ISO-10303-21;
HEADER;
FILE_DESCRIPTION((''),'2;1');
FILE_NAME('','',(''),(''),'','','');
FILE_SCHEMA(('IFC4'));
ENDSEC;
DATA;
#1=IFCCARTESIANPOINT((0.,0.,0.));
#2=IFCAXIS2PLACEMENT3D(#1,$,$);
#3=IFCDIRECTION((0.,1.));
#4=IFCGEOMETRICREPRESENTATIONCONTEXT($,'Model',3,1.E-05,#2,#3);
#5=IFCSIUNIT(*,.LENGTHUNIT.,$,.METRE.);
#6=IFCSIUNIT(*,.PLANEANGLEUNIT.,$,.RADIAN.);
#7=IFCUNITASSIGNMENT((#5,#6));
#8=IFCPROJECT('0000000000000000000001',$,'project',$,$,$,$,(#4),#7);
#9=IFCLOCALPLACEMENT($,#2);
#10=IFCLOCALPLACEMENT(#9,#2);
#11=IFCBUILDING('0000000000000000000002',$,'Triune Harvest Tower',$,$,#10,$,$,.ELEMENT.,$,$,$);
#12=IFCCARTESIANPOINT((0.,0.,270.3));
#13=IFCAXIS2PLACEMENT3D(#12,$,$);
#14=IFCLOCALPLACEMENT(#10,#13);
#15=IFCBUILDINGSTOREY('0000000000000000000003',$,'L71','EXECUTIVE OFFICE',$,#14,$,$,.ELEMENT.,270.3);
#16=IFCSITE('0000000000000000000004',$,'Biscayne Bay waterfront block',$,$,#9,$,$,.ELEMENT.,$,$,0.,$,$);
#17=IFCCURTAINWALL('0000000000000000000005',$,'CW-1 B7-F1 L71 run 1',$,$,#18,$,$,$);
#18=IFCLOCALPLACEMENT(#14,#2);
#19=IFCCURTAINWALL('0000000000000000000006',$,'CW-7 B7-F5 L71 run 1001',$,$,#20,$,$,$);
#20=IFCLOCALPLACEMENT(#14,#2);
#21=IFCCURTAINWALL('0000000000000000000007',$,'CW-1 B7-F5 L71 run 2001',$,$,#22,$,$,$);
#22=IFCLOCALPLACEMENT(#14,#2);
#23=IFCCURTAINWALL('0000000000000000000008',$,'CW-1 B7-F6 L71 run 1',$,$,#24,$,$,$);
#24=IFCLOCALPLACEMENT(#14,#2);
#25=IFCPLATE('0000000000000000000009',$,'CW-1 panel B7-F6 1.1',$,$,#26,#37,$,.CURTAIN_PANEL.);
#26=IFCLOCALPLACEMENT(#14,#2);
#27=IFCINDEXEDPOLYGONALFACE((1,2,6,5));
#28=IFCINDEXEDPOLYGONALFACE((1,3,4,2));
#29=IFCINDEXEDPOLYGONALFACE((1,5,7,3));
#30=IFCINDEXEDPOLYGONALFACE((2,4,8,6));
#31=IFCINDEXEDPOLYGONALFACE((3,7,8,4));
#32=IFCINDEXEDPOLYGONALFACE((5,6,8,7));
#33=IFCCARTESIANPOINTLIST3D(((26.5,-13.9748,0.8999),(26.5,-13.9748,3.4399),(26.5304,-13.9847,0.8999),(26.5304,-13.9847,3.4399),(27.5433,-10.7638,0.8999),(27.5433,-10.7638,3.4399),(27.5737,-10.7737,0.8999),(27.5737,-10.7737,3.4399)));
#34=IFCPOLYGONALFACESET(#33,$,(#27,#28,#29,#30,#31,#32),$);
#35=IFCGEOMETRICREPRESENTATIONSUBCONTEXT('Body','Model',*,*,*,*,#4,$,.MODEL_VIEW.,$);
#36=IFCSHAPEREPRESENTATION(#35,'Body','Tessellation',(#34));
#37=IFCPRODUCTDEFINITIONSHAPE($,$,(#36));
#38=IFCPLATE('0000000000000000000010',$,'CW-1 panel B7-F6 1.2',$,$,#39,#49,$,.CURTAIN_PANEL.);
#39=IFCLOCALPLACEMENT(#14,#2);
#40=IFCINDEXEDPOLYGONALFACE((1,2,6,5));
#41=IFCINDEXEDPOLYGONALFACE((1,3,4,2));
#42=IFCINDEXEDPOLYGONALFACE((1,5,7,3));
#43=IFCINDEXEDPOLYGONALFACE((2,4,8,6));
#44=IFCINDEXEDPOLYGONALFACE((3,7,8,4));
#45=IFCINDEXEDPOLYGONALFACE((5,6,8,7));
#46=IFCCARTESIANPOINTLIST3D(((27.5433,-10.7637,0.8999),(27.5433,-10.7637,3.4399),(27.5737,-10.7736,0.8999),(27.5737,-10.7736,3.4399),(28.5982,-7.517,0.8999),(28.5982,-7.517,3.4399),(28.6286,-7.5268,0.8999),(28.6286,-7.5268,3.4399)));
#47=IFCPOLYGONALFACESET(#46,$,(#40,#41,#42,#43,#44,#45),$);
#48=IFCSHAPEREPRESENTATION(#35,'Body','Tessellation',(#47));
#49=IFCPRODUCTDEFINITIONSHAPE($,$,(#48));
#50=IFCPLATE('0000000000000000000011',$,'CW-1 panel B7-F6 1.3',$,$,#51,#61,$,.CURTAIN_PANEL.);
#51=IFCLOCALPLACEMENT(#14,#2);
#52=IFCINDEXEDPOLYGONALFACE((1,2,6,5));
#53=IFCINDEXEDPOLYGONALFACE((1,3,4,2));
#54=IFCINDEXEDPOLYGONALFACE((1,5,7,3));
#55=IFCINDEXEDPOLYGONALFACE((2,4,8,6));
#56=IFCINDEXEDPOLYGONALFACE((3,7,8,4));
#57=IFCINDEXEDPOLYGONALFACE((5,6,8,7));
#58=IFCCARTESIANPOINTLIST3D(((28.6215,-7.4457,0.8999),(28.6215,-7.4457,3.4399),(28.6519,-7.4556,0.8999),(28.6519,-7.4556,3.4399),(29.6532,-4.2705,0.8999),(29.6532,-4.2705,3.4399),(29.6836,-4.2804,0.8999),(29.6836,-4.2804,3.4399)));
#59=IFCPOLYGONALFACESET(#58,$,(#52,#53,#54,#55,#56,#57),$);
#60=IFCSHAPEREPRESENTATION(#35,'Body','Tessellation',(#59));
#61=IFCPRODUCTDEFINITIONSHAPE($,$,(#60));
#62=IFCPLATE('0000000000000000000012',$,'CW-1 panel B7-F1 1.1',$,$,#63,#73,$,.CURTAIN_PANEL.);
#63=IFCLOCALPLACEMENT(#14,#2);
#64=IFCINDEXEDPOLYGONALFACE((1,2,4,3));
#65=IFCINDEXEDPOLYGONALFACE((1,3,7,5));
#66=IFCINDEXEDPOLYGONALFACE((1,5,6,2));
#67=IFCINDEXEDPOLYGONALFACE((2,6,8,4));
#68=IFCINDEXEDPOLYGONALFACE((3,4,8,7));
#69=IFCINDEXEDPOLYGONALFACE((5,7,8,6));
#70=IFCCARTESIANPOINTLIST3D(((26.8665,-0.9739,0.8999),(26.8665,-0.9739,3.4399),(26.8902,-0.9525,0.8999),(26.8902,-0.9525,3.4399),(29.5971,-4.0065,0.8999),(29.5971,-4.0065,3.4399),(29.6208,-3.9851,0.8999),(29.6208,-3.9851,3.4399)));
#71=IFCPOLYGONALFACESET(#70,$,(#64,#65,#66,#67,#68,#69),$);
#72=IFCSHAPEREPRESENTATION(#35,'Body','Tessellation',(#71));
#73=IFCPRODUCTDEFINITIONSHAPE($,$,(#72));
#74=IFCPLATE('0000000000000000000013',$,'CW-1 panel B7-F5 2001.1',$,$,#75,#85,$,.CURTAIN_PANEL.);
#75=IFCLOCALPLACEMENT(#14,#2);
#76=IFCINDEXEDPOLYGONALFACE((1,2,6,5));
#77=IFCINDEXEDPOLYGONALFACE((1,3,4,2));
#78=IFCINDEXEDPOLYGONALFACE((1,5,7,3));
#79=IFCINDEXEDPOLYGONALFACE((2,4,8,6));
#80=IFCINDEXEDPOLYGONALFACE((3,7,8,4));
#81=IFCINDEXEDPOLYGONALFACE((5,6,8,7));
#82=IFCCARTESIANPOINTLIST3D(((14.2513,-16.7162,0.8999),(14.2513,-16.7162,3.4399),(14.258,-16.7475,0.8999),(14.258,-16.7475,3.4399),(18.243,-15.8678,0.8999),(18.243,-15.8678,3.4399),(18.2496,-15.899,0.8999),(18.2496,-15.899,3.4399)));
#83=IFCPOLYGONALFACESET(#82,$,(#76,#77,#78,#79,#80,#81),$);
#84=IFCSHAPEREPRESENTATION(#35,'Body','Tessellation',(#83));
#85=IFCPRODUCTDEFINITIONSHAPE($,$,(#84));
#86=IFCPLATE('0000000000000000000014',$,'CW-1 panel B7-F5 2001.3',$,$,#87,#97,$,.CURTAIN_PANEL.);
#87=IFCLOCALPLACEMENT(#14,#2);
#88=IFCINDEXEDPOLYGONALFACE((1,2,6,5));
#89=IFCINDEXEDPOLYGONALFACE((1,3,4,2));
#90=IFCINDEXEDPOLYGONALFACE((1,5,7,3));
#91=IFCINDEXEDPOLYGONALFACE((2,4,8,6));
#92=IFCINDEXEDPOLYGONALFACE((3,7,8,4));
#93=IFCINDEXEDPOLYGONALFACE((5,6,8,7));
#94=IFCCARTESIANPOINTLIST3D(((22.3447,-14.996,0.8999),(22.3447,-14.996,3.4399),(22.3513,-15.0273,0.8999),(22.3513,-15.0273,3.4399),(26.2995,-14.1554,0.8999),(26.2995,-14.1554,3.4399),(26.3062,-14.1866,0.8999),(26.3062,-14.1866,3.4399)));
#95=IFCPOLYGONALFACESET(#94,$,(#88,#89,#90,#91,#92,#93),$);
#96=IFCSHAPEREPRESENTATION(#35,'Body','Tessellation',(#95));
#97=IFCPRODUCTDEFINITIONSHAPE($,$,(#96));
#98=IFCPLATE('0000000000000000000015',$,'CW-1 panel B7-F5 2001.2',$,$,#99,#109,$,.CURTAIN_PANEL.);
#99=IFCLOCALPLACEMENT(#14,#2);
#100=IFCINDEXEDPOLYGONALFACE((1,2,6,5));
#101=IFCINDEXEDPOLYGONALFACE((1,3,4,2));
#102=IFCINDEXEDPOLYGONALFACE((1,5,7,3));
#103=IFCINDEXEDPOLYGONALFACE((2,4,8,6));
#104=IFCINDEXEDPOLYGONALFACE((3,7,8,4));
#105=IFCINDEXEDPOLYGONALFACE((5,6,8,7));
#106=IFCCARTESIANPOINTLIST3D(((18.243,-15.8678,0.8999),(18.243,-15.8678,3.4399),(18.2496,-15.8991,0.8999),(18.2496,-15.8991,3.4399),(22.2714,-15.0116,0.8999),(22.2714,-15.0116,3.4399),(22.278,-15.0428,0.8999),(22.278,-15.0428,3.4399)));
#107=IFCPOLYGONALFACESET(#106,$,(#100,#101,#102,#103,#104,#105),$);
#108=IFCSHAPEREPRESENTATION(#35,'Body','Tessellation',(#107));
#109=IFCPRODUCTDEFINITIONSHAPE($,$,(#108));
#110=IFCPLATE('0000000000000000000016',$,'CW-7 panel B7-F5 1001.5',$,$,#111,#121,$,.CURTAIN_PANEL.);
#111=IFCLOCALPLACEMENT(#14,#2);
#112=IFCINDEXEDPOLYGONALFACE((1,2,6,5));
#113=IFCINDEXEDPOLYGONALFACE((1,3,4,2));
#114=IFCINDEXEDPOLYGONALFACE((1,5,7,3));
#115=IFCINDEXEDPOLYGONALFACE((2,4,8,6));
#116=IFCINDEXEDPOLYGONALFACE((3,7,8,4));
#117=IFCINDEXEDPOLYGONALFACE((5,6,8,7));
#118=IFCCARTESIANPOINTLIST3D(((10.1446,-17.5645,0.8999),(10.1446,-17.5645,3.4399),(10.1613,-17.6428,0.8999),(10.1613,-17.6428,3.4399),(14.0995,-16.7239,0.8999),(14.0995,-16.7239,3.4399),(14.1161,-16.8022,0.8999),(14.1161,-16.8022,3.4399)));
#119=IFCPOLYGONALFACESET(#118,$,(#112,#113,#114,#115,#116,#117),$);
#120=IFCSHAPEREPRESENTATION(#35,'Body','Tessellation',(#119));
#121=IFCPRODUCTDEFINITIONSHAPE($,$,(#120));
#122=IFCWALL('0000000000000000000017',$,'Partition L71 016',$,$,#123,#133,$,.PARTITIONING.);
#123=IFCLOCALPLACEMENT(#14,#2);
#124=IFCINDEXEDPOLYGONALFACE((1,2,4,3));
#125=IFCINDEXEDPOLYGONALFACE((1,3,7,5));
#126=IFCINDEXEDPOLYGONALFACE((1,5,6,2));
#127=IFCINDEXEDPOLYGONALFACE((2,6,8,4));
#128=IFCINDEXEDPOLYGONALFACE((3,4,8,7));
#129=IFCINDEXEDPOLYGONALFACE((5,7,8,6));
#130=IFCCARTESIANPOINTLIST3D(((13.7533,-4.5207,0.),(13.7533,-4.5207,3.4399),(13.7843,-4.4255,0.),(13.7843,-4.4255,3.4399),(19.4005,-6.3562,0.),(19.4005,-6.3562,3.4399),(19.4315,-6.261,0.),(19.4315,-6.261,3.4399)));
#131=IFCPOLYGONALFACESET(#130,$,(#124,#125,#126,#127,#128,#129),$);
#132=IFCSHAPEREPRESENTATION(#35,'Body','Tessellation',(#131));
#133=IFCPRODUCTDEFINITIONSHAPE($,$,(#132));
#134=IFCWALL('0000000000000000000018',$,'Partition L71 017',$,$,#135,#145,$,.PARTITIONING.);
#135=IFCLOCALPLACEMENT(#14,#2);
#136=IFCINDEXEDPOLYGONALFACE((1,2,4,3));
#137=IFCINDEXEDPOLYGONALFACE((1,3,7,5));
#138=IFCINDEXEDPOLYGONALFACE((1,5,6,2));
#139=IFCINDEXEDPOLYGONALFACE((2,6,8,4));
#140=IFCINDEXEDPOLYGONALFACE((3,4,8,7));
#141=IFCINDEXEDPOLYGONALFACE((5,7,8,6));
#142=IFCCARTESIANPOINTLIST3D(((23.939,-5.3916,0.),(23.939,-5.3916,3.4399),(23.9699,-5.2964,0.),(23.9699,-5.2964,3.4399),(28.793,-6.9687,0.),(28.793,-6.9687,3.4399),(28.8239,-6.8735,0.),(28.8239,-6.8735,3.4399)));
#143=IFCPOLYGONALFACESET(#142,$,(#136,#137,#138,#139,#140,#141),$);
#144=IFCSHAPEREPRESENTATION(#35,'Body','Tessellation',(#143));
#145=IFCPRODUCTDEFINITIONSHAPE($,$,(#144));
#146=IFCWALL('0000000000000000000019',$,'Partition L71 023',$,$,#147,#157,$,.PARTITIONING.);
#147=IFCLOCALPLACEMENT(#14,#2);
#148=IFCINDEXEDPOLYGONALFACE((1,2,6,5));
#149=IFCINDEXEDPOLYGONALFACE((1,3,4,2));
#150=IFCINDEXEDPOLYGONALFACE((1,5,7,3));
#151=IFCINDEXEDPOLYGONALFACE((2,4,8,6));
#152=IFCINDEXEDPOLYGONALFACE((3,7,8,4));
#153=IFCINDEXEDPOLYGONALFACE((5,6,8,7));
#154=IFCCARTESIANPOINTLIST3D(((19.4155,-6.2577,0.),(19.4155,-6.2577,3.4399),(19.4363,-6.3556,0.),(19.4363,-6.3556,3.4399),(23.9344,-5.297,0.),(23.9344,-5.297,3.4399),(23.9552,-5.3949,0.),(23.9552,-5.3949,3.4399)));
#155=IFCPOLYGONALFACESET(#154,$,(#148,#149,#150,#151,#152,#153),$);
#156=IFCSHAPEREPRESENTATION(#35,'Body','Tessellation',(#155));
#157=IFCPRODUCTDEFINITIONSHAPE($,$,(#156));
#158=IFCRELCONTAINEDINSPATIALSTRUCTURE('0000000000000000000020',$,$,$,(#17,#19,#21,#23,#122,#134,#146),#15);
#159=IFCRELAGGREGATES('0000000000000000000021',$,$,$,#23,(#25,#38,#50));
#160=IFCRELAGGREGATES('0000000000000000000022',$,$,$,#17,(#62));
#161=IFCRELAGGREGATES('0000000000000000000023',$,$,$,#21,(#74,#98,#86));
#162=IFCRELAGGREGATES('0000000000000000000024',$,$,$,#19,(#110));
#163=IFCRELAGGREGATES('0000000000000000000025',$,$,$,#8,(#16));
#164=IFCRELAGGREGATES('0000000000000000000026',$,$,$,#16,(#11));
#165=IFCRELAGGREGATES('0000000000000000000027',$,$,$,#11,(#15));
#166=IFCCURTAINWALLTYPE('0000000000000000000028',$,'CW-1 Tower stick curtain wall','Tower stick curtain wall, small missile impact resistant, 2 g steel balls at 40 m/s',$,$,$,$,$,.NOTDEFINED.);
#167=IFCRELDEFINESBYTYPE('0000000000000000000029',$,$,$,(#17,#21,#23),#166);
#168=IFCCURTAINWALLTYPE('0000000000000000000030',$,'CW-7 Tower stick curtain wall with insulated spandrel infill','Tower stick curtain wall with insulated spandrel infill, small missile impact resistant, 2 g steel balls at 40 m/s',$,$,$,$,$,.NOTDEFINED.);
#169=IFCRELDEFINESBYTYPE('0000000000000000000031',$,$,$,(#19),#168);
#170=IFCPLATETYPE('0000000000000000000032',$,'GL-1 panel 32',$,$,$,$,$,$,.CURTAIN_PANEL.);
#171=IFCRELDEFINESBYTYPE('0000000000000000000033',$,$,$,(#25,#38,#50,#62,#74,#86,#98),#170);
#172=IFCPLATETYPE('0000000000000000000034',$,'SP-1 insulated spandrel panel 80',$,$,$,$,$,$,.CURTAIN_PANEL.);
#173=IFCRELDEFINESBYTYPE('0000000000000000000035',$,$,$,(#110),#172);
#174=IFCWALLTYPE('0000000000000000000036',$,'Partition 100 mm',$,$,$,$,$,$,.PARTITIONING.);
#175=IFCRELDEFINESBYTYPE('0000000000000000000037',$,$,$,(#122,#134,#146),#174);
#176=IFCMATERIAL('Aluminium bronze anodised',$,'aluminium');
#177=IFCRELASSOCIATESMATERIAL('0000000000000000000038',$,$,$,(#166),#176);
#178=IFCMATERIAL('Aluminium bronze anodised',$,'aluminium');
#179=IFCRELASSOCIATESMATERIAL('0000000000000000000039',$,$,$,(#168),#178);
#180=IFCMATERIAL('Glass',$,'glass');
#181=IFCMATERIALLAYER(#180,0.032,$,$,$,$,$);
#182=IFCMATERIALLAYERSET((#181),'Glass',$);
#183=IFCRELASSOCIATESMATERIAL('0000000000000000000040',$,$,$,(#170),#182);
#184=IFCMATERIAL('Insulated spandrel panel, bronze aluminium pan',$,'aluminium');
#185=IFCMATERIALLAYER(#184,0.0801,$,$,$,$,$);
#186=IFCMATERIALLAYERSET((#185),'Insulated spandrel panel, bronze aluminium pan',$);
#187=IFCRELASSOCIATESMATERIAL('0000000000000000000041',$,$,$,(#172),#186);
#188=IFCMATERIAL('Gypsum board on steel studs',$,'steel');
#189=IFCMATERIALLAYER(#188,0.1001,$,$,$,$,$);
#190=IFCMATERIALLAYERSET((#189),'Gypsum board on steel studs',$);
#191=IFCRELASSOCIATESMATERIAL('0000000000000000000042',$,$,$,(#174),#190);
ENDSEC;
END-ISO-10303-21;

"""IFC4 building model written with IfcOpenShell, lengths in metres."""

from ifc_helpers import new_model, si_unit, direction, frame, frame_2d, origin, origin_2d, place, context, subcontext, project, spatial, rectangle, extrude, source, transform, mapped, material, layer, layer_set, type_object, element, aggregate, save


model = new_model("IFC4")

# Units and contexts
model_context = context("Model", 3, precision=1e-05, world=origin(), true_north=direction((0.0, 1.0)))
body_context = subcontext(model_context, "Body", "Model", "MODEL_VIEW")
ifc_project = project(units=[si_unit("LENGTHUNIT", "METRE"), si_unit("PLANEANGLEUNIT", "RADIAN")], contexts=[model_context])

# Site, building, storey
site_placement = place(None, origin())
site = spatial("IfcSite", under=ifc_project, at=site_placement, Name="Biscayne Bay waterfront block", CompositionType="ELEMENT", RefElevation=0.0)
building_placement = place(site_placement, origin())
building = spatial("IfcBuilding", under=site, at=building_placement, Name="Triune Harvest Tower", CompositionType="ELEMENT")
storey_placement = place(building_placement, frame((0.0, 0.0, 270.3)))
storey = spatial("IfcBuildingStorey", under=building, at=storey_placement, Name="L71", Description="EXECUTIVE OFFICE", CompositionType="ELEMENT", Elevation=270.3)

# Curtain walls
ifc_material_1 = material(Name="Aluminium bronze anodised", Category="aluminium")
curtain_wall_type_1 = type_object("IfcCurtainWallType", Name="CW-1 Tower stick curtain wall", Description="Tower stick curtain wall, small missile impact resistant, 2 g steel balls at 40 m/s", PredefinedType="NOTDEFINED", material=ifc_material_1)
curtain_wall_1_placement = place(storey_placement, origin())
curtain_wall_1 = element("IfcCurtainWall", 1, at=curtain_wall_1_placement, inside=storey, type_object=curtain_wall_type_1, Name="CW-1 B7-F1 L71 run 1")
ifc_material_2 = material(Name="Aluminium bronze anodised", Category="aluminium")
curtain_wall_type_2 = type_object("IfcCurtainWallType", Name="CW-7 Tower stick curtain wall with insulated spandrel infill", Description="Tower stick curtain wall with insulated spandrel infill, small missile impact resistant, 2 g steel balls at 40 m/s", PredefinedType="NOTDEFINED", material=ifc_material_2)
curtain_wall_2_placement = place(storey_placement, origin())
curtain_wall_2 = element("IfcCurtainWall", 2, at=curtain_wall_2_placement, inside=storey, type_object=curtain_wall_type_2, Name="CW-7 B7-F5 L71 run 1001")

# Curtain walls
curtain_wall_3_placement = place(storey_placement, origin())
curtain_wall_3 = element("IfcCurtainWall", 3, at=curtain_wall_3_placement, inside=storey, type_object=curtain_wall_type_1, Name="CW-1 B7-F5 L71 run 2001")
curtain_wall_4_placement = place(storey_placement, origin())
curtain_wall_4 = element("IfcCurtainWall", 4, at=curtain_wall_4_placement, inside=storey, type_object=curtain_wall_type_1, Name="CW-1 B7-F6 L71 run 1")

# Plates
ifc_material_3 = material(Name="Glass", Category="glass")
ifc_layer_1 = layer(ifc_material_3, 0.032)
ifc_layer_set_1 = layer_set([ifc_layer_1], Name="Glass")
plate_type_1 = type_object("IfcPlateType", Name="GL-1 panel 32", PredefinedType="CURTAIN_PANEL", material=ifc_layer_set_1)
shared_shape_1 = source(origin(), body_context, "Body", "SweptSolid", [
    extrude(rectangle(XDim=3.3762, YDim=0.032, at=origin_2d()), origin(), (0.0, 0.0, 1.0), 2.54),
])
plate_1_placement = place(storey_placement, frame((27.0369, -12.3743, 0.8999), z_axis=(0.0, 0.0, 1.0), x_axis=(0.309019, 0.951056, 0.0)))
plate_1 = element("IfcPlate", 5, at=plate_1_placement, type_object=plate_type_1, Name="CW-1 panel B7-F6 1.1", PredefinedType="CURTAIN_PANEL", context=body_context, shape_type="MappedRepresentation", body=[
    mapped(shared_shape_1, transform((0.0, 0.0, 0.0), scale=1.0)),
])
shared_shape_2 = source(origin(), body_context, "Body", "SweptSolid", [
    extrude(rectangle(XDim=3.4138, YDim=0.032, at=origin_2d()), origin(), (0.0, 0.0, 1.0), 2.54),
])
plate_2_placement = place(storey_placement, frame((28.0859, -9.1453, 0.8999), z_axis=(0.0, 0.0, 1.0), x_axis=(0.309019, 0.951056, 0.0)))
plate_2 = element("IfcPlate", 6, at=plate_2_placement, type_object=plate_type_1, Name="CW-1 panel B7-F6 1.2", PredefinedType="CURTAIN_PANEL", context=body_context, shape_type="MappedRepresentation", body=[
    mapped(shared_shape_2, transform((0.0, 0.0, 0.0), scale=1.0)),
])
shared_shape_3 = source(origin(), body_context, "Body", "SweptSolid", [
    extrude(rectangle(XDim=3.3386, YDim=0.032, at=origin_2d()), origin(), (0.0, 0.0, 1.0), 2.54),
])
plate_3_placement = place(storey_placement, frame((29.1526, -5.863, 0.8999), z_axis=(0.0, 0.0, 1.0), x_axis=(0.309019, 0.951056, 0.0)))
plate_3 = element("IfcPlate", 7, at=plate_3_placement, type_object=plate_type_1, Name="CW-1 panel B7-F6 1.3", PredefinedType="CURTAIN_PANEL", context=body_context, shape_type="MappedRepresentation", body=[
    mapped(shared_shape_3, transform((0.0, 0.0, 0.0), scale=1.0)),
])
aggregate(curtain_wall_4, [plate_1, plate_2, plate_3])
shared_shape_4 = source(origin(), body_context, "Body", "SweptSolid", [
    extrude(rectangle(XDim=4.0808, YDim=0.032, at=origin_2d()), origin(), (0.0, 0.0, 1.0), 2.54),
])
plate_4_placement = place(storey_placement, frame((28.2437, -2.4795, 0.8999), z_axis=(0.0, 0.0, 1.0), x_axis=(-0.669131, 0.743144, 0.0)))
plate_4 = element("IfcPlate", 8, at=plate_4_placement, type_object=plate_type_1, Name="CW-1 panel B7-F1 1.1", PredefinedType="CURTAIN_PANEL", context=body_context, shape_type="MappedRepresentation", body=[
    mapped(shared_shape_4, transform((0.0, 0.0, 0.0), scale=1.0)),
])
aggregate(curtain_wall_1, [plate_4])
plate_5_placement = place(storey_placement, frame((16.2505, -16.3076, 0.8999), z_axis=(0.0, 0.0, 1.0), x_axis=(0.978148, 0.207909, 0.0)))
plate_5 = element("IfcPlate", 9, at=plate_5_placement, type_object=plate_type_1, Name="CW-1 panel B7-F5 2001.1", PredefinedType="CURTAIN_PANEL", context=body_context, shape_type="MappedRepresentation", body=[
    mapped(shared_shape_4, transform((0.0, 0.0, 0.0), scale=1.0)),
])
shared_shape_5 = source(origin(), body_context, "Body", "SweptSolid", [
    extrude(rectangle(XDim=4.0432, YDim=0.032, at=origin_2d()), origin(), (0.0, 0.0, 1.0), 2.54),
])
plate_6_placement = place(storey_placement, frame((24.3254, -14.5913, 0.8999), z_axis=(0.0, 0.0, 1.0), x_axis=(0.978148, 0.207909, 0.0)))
plate_6 = element("IfcPlate", 10, at=plate_6_placement, type_object=plate_type_1, Name="CW-1 panel B7-F5 2001.3", PredefinedType="CURTAIN_PANEL", context=body_context, shape_type="MappedRepresentation", body=[
    mapped(shared_shape_5, transform((0.0, 0.0, 0.0), scale=1.0)),
])
shared_shape_6 = source(origin(), body_context, "Body", "SweptSolid", [
    extrude(rectangle(XDim=4.1184, YDim=0.032, at=origin_2d()), origin(), (0.0, 0.0, 1.0), 2.54),
])
plate_7_placement = place(storey_placement, frame((20.2605, -15.4553, 0.8999), z_axis=(0.0, 0.0, 1.0), x_axis=(0.978148, 0.207909, 0.0)))
plate_7 = element("IfcPlate", 11, at=plate_7_placement, type_object=plate_type_1, Name="CW-1 panel B7-F5 2001.2", PredefinedType="CURTAIN_PANEL", context=body_context, shape_type="MappedRepresentation", body=[
    mapped(shared_shape_6, transform((0.0, 0.0, 0.0), scale=1.0)),
])
aggregate(curtain_wall_3, [plate_5, plate_7, plate_6])
ifc_material_4 = material(Name="Insulated spandrel panel, bronze aluminium pan", Category="aluminium")
ifc_layer_2 = layer(ifc_material_4, 0.0801)
ifc_layer_set_2 = layer_set([ifc_layer_2], Name="Insulated spandrel panel, bronze aluminium pan")
plate_type_2 = type_object("IfcPlateType", Name="SP-1 insulated spandrel panel 80", PredefinedType="CURTAIN_PANEL", material=ifc_layer_set_2)
shared_shape_7 = source(origin(), body_context, "Body", "SweptSolid", [
    extrude(rectangle(XDim=4.0432, YDim=0.0801, at=origin_2d()), origin(), (0.0, 0.0, 1.0), 2.54),
])
plate_8_placement = place(storey_placement, frame((12.1304, -17.1833, 0.8999), z_axis=(0.0, 0.0, 1.0), x_axis=(0.978147, 0.207913, 0.0)))
plate_8 = element("IfcPlate", 12, at=plate_8_placement, type_object=plate_type_2, Name="CW-7 panel B7-F5 1001.5", PredefinedType="CURTAIN_PANEL", context=body_context, shape_type="MappedRepresentation", body=[
    mapped(shared_shape_7, transform((0.0, 0.0, 0.0), scale=1.0)),
])
aggregate(curtain_wall_2, [plate_8])

# Walls
ifc_material_5 = material(Name="Gypsum board on steel studs", Category="steel")
ifc_layer_3 = layer(ifc_material_5, 0.1001)
ifc_layer_set_3 = layer_set([ifc_layer_3], Name="Gypsum board on steel studs")
wall_type = type_object("IfcWallType", Name="Partition 100 mm", PredefinedType="PARTITIONING", material=ifc_layer_set_3)
wall_1_placement = place(storey_placement, frame((13.7688, -4.4731, 0.0), z_axis=(0.0, 0.0, 1.0), x_axis=(0.951029, -0.309102, 0.0)))
element("IfcWall", 13, at=wall_1_placement, inside=storey, type_object=wall_type, Name="Partition L71 016", PredefinedType="PARTITIONING", context=body_context, shape_type="SweptSolid", body=[
    extrude(rectangle(XDim=5.938, YDim=0.1001, at=frame_2d((2.969, 0.0))), origin(), (0.0, 0.0, 1.0), 3.4399),
])
wall_2_placement = place(storey_placement, frame((23.9546, -5.344, 0.0), z_axis=(0.0, 0.0, 1.0), x_axis=(0.951057, -0.309015, 0.0)))
element("IfcWall", 14, at=wall_2_placement, inside=storey, type_object=wall_type, Name="Partition L71 017", PredefinedType="PARTITIONING", context=body_context, shape_type="SweptSolid", body=[
    extrude(rectangle(XDim=5.1038, YDim=0.1001, at=frame_2d((2.5518, 0.0))), origin(), (0.0, 0.0, 1.0), 3.4399),
])
wall_3_placement = place(storey_placement, frame((19.4258, -6.3066, 0.0), z_axis=(0.0, 0.0, 1.0), x_axis=(0.978139, 0.207952, 0.0)))
element("IfcWall", 15, at=wall_3_placement, inside=storey, type_object=wall_type, Name="Partition L71 023", PredefinedType="PARTITIONING", context=body_context, shape_type="SweptSolid", body=[
    extrude(rectangle(XDim=4.6199, YDim=0.1001, at=frame_2d((2.3101, 0.0))), origin(), (0.0, 0.0, 1.0), 3.4399),
])

save(model, "model.ifc")
